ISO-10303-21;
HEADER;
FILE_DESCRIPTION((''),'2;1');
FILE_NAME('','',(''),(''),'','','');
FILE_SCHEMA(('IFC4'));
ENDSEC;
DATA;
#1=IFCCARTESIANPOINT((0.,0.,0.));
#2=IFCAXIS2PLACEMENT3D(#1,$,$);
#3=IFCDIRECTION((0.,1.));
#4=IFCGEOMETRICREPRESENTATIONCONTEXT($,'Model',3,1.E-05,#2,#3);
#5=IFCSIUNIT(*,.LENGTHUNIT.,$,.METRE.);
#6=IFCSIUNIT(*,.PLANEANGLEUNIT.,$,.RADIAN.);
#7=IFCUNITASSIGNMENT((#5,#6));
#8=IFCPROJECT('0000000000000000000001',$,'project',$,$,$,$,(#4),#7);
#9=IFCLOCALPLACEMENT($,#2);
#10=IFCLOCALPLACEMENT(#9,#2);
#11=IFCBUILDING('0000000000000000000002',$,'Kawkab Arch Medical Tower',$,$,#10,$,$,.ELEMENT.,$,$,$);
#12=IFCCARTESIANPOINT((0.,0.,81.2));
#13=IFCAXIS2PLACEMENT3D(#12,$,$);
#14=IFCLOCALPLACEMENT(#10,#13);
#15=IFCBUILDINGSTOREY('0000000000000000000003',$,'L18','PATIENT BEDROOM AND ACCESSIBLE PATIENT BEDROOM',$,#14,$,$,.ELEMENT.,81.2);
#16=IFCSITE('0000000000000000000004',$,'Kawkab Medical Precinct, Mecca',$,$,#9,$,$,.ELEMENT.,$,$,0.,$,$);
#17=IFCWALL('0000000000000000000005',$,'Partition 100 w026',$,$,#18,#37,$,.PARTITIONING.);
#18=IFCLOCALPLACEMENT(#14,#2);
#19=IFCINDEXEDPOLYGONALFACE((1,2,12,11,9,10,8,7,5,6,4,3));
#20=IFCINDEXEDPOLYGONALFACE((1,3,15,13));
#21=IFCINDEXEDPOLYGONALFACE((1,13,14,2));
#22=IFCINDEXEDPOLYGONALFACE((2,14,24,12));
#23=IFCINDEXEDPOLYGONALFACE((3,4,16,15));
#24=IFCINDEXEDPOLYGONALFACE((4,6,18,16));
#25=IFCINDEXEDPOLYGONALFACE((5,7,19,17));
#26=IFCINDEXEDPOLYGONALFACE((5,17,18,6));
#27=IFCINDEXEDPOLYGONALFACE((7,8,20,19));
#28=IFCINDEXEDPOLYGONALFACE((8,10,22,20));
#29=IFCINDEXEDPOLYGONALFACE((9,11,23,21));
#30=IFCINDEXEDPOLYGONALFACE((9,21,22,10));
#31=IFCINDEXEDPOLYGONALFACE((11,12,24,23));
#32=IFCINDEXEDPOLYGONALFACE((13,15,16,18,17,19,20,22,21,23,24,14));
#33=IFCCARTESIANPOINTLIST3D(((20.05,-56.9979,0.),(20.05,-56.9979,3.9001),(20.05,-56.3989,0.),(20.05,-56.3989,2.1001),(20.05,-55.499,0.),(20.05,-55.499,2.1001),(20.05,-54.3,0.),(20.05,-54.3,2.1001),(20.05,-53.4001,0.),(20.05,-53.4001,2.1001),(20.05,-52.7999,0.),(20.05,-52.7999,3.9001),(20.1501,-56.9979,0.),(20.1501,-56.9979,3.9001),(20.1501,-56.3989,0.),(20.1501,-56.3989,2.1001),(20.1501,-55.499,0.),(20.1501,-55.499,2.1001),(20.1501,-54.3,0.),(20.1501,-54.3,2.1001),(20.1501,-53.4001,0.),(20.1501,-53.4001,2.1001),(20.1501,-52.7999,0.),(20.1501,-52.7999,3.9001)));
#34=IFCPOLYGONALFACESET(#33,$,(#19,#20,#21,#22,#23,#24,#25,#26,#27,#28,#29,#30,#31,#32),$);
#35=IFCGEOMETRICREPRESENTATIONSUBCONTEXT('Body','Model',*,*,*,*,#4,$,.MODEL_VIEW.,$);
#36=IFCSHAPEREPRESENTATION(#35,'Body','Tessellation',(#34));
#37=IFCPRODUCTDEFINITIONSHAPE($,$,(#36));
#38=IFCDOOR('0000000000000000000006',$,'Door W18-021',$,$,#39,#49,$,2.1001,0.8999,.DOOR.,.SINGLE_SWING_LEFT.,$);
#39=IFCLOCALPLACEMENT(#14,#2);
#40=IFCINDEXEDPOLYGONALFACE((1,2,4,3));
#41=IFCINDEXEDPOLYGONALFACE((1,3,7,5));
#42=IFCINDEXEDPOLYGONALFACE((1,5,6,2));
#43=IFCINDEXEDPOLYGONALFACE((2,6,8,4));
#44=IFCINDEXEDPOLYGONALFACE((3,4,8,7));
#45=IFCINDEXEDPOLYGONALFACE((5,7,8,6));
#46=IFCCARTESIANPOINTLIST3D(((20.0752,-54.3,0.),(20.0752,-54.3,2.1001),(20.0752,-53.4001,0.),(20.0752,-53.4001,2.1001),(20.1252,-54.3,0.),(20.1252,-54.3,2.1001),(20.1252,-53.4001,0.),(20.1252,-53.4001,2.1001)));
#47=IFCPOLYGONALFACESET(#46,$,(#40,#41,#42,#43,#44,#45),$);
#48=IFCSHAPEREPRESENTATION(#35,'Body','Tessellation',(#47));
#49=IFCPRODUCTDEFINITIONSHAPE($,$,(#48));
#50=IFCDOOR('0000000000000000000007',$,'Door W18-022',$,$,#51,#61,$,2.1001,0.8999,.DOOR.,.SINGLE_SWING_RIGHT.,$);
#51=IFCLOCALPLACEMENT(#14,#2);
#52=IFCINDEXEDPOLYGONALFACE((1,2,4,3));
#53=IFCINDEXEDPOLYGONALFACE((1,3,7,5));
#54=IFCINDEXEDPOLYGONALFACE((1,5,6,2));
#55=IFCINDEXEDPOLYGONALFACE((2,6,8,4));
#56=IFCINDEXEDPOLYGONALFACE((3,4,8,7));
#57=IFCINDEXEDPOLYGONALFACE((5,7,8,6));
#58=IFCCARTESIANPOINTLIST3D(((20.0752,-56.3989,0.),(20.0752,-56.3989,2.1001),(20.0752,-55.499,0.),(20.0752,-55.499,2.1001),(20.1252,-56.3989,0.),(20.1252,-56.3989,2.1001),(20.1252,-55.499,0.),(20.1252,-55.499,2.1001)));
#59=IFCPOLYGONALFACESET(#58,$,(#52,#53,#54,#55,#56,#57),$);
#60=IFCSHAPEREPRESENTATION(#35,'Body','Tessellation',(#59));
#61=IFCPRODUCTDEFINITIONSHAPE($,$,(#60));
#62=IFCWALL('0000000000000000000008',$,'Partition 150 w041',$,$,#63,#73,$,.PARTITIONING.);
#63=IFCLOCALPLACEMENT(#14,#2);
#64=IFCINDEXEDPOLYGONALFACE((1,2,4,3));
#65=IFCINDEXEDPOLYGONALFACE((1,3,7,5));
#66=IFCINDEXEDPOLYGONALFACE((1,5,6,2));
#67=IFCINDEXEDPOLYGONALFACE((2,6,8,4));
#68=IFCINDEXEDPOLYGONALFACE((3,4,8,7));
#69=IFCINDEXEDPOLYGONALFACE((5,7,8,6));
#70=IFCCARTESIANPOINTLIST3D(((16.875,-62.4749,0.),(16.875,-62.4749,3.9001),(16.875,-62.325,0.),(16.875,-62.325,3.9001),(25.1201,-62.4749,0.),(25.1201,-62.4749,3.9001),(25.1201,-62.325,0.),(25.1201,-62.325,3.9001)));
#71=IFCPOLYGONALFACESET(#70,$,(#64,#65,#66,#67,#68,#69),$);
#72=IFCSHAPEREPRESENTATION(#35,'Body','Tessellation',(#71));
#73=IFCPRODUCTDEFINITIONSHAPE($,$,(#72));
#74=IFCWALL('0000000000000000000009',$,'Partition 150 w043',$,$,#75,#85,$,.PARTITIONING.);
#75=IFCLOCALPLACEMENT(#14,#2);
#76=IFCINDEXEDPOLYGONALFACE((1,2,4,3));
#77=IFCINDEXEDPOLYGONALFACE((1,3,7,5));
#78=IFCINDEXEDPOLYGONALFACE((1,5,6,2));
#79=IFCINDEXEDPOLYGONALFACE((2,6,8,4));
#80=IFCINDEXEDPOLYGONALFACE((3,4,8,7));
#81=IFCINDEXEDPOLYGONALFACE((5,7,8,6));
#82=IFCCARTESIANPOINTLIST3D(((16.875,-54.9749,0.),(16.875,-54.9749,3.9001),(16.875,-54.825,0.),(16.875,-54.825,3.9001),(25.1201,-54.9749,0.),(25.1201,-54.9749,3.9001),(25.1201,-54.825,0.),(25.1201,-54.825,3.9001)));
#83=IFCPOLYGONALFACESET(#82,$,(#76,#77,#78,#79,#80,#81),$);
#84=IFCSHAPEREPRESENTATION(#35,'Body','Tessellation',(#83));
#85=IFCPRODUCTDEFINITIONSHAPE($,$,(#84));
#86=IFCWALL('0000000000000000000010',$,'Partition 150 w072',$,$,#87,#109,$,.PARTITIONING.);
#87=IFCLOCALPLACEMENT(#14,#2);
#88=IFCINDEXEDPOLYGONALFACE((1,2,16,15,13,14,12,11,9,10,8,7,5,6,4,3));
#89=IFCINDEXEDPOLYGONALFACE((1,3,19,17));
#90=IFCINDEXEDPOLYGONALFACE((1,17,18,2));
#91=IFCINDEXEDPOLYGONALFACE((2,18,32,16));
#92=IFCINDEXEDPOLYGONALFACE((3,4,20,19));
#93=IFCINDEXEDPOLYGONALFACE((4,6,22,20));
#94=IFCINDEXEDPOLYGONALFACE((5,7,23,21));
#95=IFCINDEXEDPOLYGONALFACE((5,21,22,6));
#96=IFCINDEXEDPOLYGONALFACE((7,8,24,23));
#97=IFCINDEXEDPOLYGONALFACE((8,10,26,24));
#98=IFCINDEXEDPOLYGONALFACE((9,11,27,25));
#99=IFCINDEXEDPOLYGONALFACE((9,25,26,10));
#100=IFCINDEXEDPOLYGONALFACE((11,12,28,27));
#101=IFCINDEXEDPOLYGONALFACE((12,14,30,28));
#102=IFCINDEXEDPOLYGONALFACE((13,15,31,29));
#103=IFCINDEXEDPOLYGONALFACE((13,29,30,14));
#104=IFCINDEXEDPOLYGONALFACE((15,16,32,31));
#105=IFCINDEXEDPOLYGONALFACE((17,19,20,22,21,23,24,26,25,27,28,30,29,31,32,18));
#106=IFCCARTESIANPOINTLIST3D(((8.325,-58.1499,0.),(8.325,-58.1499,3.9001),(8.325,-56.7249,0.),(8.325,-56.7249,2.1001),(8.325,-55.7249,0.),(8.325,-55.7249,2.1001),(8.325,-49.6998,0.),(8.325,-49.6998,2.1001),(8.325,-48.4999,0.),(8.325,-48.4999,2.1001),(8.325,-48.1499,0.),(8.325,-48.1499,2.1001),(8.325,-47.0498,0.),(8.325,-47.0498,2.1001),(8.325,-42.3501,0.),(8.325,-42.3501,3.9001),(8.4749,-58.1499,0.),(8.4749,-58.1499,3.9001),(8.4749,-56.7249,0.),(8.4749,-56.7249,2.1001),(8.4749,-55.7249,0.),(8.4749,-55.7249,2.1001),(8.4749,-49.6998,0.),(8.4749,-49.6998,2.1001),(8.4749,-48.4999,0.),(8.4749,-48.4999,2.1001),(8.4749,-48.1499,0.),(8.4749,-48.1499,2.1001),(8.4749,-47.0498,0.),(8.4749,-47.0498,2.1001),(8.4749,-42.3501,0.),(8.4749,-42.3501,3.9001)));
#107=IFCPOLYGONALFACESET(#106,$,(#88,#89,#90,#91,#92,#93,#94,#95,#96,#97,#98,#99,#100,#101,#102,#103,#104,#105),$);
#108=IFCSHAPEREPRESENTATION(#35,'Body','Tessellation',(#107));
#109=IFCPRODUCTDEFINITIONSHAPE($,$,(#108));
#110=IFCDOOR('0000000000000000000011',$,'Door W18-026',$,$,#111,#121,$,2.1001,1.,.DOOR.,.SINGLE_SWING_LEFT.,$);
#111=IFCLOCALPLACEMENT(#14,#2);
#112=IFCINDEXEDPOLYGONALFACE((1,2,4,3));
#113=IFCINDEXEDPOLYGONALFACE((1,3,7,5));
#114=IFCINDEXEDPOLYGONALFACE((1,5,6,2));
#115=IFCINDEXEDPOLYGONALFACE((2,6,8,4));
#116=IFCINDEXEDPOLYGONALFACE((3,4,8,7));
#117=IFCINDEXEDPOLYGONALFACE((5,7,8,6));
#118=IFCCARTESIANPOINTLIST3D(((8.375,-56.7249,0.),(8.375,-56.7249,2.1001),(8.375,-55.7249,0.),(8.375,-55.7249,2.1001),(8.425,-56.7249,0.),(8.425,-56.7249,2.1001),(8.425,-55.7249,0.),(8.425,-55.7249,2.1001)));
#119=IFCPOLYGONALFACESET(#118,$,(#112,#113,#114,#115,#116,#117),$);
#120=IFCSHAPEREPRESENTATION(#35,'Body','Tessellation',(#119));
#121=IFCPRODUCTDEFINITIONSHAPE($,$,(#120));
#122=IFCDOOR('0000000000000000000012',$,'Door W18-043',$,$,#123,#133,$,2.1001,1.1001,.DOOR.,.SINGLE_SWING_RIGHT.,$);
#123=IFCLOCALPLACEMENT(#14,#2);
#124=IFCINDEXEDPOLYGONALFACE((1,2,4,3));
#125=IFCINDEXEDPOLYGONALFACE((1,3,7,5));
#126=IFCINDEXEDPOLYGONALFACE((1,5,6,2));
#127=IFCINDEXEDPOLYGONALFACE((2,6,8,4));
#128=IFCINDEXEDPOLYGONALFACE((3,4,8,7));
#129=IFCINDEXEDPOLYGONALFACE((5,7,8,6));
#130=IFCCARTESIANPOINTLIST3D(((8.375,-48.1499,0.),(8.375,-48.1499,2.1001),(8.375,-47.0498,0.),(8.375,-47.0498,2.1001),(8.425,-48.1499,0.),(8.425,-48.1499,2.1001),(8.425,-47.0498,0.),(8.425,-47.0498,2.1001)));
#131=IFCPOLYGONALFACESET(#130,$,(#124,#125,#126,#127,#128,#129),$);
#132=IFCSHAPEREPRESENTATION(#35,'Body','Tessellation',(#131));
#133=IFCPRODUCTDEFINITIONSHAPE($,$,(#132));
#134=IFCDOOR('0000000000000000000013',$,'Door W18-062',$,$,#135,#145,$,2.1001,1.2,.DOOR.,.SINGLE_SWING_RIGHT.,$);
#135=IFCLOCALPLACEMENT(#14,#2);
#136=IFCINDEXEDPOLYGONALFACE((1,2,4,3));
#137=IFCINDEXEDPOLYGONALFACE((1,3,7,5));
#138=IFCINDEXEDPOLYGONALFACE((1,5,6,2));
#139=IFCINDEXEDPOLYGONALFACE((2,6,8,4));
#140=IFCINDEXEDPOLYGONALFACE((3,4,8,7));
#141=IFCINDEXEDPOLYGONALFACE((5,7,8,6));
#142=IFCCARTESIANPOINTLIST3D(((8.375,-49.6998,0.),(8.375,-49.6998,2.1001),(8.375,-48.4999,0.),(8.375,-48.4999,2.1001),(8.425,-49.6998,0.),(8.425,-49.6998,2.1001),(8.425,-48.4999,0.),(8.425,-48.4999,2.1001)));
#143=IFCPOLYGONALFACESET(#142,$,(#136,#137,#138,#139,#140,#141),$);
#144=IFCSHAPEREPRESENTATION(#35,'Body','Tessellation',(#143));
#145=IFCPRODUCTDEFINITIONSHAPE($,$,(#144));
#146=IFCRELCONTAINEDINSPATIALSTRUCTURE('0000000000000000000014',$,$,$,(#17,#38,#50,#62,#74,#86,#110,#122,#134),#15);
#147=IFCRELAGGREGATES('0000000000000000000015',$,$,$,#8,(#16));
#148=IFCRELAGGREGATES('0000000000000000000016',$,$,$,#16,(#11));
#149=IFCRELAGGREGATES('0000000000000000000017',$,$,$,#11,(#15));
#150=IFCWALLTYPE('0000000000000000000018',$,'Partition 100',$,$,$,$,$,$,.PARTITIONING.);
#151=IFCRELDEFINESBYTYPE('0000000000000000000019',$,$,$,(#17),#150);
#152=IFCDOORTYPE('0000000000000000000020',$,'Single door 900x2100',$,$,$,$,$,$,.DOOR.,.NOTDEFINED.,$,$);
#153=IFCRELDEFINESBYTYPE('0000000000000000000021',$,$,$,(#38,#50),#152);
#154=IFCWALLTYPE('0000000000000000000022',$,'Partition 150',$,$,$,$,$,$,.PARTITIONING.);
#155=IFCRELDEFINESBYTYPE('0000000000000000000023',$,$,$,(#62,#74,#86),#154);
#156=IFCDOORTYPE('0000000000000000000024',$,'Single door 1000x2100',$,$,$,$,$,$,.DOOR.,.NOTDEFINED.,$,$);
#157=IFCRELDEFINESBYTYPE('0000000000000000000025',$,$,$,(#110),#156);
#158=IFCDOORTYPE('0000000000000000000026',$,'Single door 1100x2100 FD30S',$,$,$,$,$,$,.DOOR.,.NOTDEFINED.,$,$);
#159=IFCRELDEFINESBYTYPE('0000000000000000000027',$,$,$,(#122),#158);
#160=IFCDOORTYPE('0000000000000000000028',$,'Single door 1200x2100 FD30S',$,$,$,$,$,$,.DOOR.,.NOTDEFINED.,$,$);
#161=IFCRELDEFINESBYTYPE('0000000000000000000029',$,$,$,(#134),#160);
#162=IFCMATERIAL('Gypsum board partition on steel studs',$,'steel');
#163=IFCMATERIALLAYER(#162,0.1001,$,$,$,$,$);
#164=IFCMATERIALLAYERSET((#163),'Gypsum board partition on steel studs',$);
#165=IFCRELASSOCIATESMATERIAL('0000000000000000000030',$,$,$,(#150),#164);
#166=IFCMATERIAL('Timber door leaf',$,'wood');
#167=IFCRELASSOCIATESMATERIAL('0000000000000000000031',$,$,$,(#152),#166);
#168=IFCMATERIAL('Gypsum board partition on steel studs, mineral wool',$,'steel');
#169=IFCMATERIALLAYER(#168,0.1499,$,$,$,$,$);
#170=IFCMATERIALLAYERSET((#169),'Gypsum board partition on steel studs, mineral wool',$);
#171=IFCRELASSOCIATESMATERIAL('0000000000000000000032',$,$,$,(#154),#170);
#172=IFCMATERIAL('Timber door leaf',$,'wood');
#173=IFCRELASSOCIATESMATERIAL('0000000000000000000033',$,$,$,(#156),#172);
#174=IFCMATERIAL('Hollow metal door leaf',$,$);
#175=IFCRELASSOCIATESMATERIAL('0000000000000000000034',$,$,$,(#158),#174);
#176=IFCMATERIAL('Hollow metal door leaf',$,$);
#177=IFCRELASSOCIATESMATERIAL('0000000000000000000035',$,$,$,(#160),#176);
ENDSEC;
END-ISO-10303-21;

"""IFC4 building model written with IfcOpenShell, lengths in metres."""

from ifc_helpers import new_model, si_unit, direction, frame, frame_2d, origin, place, context, subcontext, project, spatial, rectangle, extrude, material, layer, layer_set, type_object, element, fill, save


model = new_model("IFC4")

# Units and contexts
model_context = context("Model", 3, precision=1e-05, world=origin(), true_north=direction((0.0, 1.0)))
body_context = subcontext(model_context, "Body", "Model", "MODEL_VIEW")
ifc_project = project(units=[si_unit("LENGTHUNIT", "METRE"), si_unit("PLANEANGLEUNIT", "RADIAN")], contexts=[model_context])

# Site, building, storey
site_placement = place(None, origin())
site = spatial("IfcSite", under=ifc_project, at=site_placement, Name="Kawkab Medical Precinct, Mecca", CompositionType="ELEMENT", RefElevation=0.0)
building_placement = place(site_placement, origin())
building = spatial("IfcBuilding", under=site, at=building_placement, Name="Kawkab Arch Medical Tower", CompositionType="ELEMENT")
storey_placement = place(building_placement, frame((0.0, 0.0, 81.2)))
storey = spatial("IfcBuildingStorey", under=building, at=storey_placement, Name="L18", Description="PATIENT BEDROOM AND ACCESSIBLE PATIENT BEDROOM", CompositionType="ELEMENT", Elevation=81.2)

# Shared definitions
ifc_material_1 = material(Name="Gypsum board partition on steel studs", Category="steel")
ifc_layer_1 = layer(ifc_material_1, 0.1001)
ifc_layer_set_1 = layer_set([ifc_layer_1], Name="Gypsum board partition on steel studs")
wall_type_1 = type_object("IfcWallType", Name="Partition 100", PredefinedType="PARTITIONING", material=ifc_layer_set_1)

# Shared definitions
ifc_material_2 = material(Name="Timber door leaf", Category="wood")
door_type_1 = type_object("IfcDoorType", Name="Single door 900x2100", OperationType="NOTDEFINED", PredefinedType="DOOR", material=ifc_material_2)

# Wall, openings, doors
wall_1_placement = place(storey_placement, frame((20.1001, -56.998, 0.0), z_axis=(0.0, 0.0, 1.0), x_axis=(0.0, 1.0, 0.0)))
wall_1 = element("IfcWall", 1, at=wall_1_placement, inside=storey, type_object=wall_type_1, Name="Partition 100 w026", PredefinedType="PARTITIONING", context=body_context, shape_type="SweptSolid", body=[
    extrude(rectangle(XDim=4.198, YDim=0.1001, at=frame_2d((2.0991, 0.0))), origin(), (0.0, 0.0, 1.0), 3.9001),
])
opening_1_placement = place(wall_1_placement, frame((2.698, 0.0, 0.0)))
opening_1 = element("IfcOpeningElement", 2, at=opening_1_placement, cuts=wall_1, PredefinedType="OPENING", context=body_context, shape_type="SweptSolid", body=[
    extrude(rectangle(XDim=0.8999, YDim=2.1001, at=frame_2d((0.45, 1.05))), frame((0.0, 0.0601, 0.0), z_axis=(0.0, -1.0, 0.0), x_axis=(1.0, 0.0, 0.0)), (0.0, 0.0, 1.0), 0.1201),
])
opening_2_placement = place(wall_1_placement, frame((0.5991, 0.0, 0.0)))
opening_2 = element("IfcOpeningElement", 3, at=opening_2_placement, cuts=wall_1, PredefinedType="OPENING", context=body_context, shape_type="SweptSolid", body=[
    extrude(rectangle(XDim=0.8999, YDim=2.1001, at=frame_2d((0.45, 1.05))), frame((0.0, 0.0601, 0.0), z_axis=(0.0, -1.0, 0.0), x_axis=(1.0, 0.0, 0.0)), (0.0, 0.0, 1.0), 0.1201),
])
door_1_placement = place(opening_1_placement, origin())
door_1 = element("IfcDoor", 4, at=door_1_placement, inside=storey, type_object=door_type_1, Name="Door W18-021", OperationType="SINGLE_SWING_LEFT", OverallHeight=2.1001, OverallWidth=0.8999, PredefinedType="DOOR", context=body_context, shape_type="SweptSolid", body=[
    extrude(rectangle(XDim=0.8999, YDim=2.1001, at=frame_2d((0.45, 1.05))), frame((0.0, 0.0249, 0.0), z_axis=(0.0, -1.0, 0.0), x_axis=(1.0, 0.0, 0.0)), (0.0, 0.0, 1.0), 0.05),
])
fill(opening_1, door_1)
door_2_placement = place(opening_2_placement, origin())
door_2 = element("IfcDoor", 5, at=door_2_placement, inside=storey, type_object=door_type_1, Name="Door W18-022", OperationType="SINGLE_SWING_RIGHT", OverallHeight=2.1001, OverallWidth=0.8999, PredefinedType="DOOR", context=body_context, shape_type="SweptSolid", body=[
    extrude(rectangle(XDim=0.8999, YDim=2.1001, at=frame_2d((0.45, 1.05))), frame((0.0, 0.0249, 0.0), z_axis=(0.0, -1.0, 0.0), x_axis=(1.0, 0.0, 0.0)), (0.0, 0.0, 1.0), 0.05),
])
fill(opening_2, door_2)

# Walls
ifc_material_3 = material(Name="Gypsum board partition on steel studs, mineral wool", Category="steel")
ifc_layer_2 = layer(ifc_material_3, 0.1499)
ifc_layer_set_2 = layer_set([ifc_layer_2], Name="Gypsum board partition on steel studs, mineral wool")
wall_type_2 = type_object("IfcWallType", Name="Partition 150", PredefinedType="PARTITIONING", material=ifc_layer_set_2)
for number, where, z_axis, x_axis, name in (
    (6, (16.875, -62.3999, 0.0), (0.0, 0.0, 1.0), (1.0, 0.0, 0.0), "Partition 150 w041"),
    (7, (16.875, -54.8999, 0.0), (0.0, 0.0, 1.0), (1.0, 0.0, 0.0), "Partition 150 w043"),
):
    element("IfcWall", number, at=place(storey_placement, frame(where, z_axis=z_axis, x_axis=x_axis)), inside=storey, type_object=wall_type_2, Name=name, PredefinedType="PARTITIONING", context=body_context, shape_type="SweptSolid", body=[
        extrude(rectangle(XDim=8.2451, YDim=0.1499, at=frame_2d((4.1226, 0.0))), origin(), (0.0, 0.0, 1.0), 3.9001),
    ])

# Wall, openings, doors
wall_2_placement = place(storey_placement, frame((8.3999, -58.1499, 0.0), z_axis=(0.0, 0.0, 1.0), x_axis=(0.0, 1.0, 0.0)))
wall_2 = element("IfcWall", 8, at=wall_2_placement, inside=storey, type_object=wall_type_2, Name="Partition 150 w072", PredefinedType="PARTITIONING", context=body_context, shape_type="SweptSolid", body=[
    extrude(rectangle(XDim=15.7998, YDim=0.1499, at=frame_2d((7.8999, 0.0))), origin(), (0.0, 0.0, 1.0), 3.9001),
])
opening_3_placement = place(wall_2_placement, frame((8.45, 0.0, 0.0)))
opening_3 = element("IfcOpeningElement", 9, at=opening_3_placement, cuts=wall_2, PredefinedType="OPENING", context=body_context, shape_type="SweptSolid", body=[
    extrude(rectangle(XDim=1.2, YDim=2.1001, at=frame_2d((0.6001, 1.05))), frame((0.0, 0.085, 0.0), z_axis=(0.0, -1.0, 0.0), x_axis=(1.0, 0.0, 0.0)), (0.0, 0.0, 1.0), 0.1699),
])
opening_4_placement = place(wall_2_placement, frame((10.0, 0.0, 0.0)))
opening_4 = element("IfcOpeningElement", 10, at=opening_4_placement, cuts=wall_2, PredefinedType="OPENING", context=body_context, shape_type="SweptSolid", body=[
    extrude(rectangle(XDim=1.1001, YDim=2.1001, at=frame_2d((0.55, 1.05))), frame((0.0, 0.085, 0.0), z_axis=(0.0, -1.0, 0.0), x_axis=(1.0, 0.0, 0.0)), (0.0, 0.0, 1.0), 0.1699),
])
opening_5_placement = place(wall_2_placement, frame((1.425, 0.0, 0.0)))
opening_5 = element("IfcOpeningElement", 11, at=opening_5_placement, cuts=wall_2, PredefinedType="OPENING", context=body_context, shape_type="SweptSolid", body=[
    extrude(rectangle(XDim=1.0, YDim=2.1001, at=frame_2d((0.5, 1.05))), frame((0.0, 0.085, 0.0), z_axis=(0.0, -1.0, 0.0), x_axis=(1.0, 0.0, 0.0)), (0.0, 0.0, 1.0), 0.1699),
])
ifc_material_4 = material(Name="Timber door leaf", Category="wood")
door_type_2 = type_object("IfcDoorType", Name="Single door 1000x2100", OperationType="NOTDEFINED", PredefinedType="DOOR", material=ifc_material_4)
door_3_placement = place(opening_5_placement, origin())
door_3 = element("IfcDoor", 12, at=door_3_placement, inside=storey, type_object=door_type_2, Name="Door W18-026", OperationType="SINGLE_SWING_LEFT", OverallHeight=2.1001, OverallWidth=1.0, PredefinedType="DOOR", context=body_context, shape_type="SweptSolid", body=[
    extrude(rectangle(XDim=1.0, YDim=2.1001, at=frame_2d((0.5, 1.05))), frame((0.0, 0.0249, 0.0), z_axis=(0.0, -1.0, 0.0), x_axis=(1.0, 0.0, 0.0)), (0.0, 0.0, 1.0), 0.05),
])
fill(opening_5, door_3)
ifc_material_5 = material(Name="Hollow metal door leaf")
door_type_3 = type_object("IfcDoorType", Name="Single door 1100x2100 FD30S", OperationType="NOTDEFINED", PredefinedType="DOOR", material=ifc_material_5)
door_4_placement = place(opening_4_placement, origin())
door_4 = element("IfcDoor", 13, at=door_4_placement, inside=storey, type_object=door_type_3, Name="Door W18-043", OperationType="SINGLE_SWING_RIGHT", OverallHeight=2.1001, OverallWidth=1.1001, PredefinedType="DOOR", context=body_context, shape_type="SweptSolid", body=[
    extrude(rectangle(XDim=1.1001, YDim=2.1001, at=frame_2d((0.55, 1.05))), frame((0.0, 0.0249, 0.0), z_axis=(0.0, -1.0, 0.0), x_axis=(1.0, 0.0, 0.0)), (0.0, 0.0, 1.0), 0.05),
])
fill(opening_4, door_4)
ifc_material_6 = material(Name="Hollow metal door leaf")
door_type_4 = type_object("IfcDoorType", Name="Single door 1200x2100 FD30S", OperationType="NOTDEFINED", PredefinedType="DOOR", material=ifc_material_6)
door_5_placement = place(opening_3_placement, origin())
door_5 = element("IfcDoor", 14, at=door_5_placement, inside=storey, type_object=door_type_4, Name="Door W18-062", OperationType="SINGLE_SWING_RIGHT", OverallHeight=2.1001, OverallWidth=1.2, PredefinedType="DOOR", context=body_context, shape_type="SweptSolid", body=[
    extrude(rectangle(XDim=1.2, YDim=2.1001, at=frame_2d((0.6001, 1.05))), frame((0.0, 0.0249, 0.0), z_axis=(0.0, -1.0, 0.0), x_axis=(1.0, 0.0, 0.0)), (0.0, 0.0, 1.0), 0.05),
])
fill(opening_3, door_5)

save(model, "model.ifc")
